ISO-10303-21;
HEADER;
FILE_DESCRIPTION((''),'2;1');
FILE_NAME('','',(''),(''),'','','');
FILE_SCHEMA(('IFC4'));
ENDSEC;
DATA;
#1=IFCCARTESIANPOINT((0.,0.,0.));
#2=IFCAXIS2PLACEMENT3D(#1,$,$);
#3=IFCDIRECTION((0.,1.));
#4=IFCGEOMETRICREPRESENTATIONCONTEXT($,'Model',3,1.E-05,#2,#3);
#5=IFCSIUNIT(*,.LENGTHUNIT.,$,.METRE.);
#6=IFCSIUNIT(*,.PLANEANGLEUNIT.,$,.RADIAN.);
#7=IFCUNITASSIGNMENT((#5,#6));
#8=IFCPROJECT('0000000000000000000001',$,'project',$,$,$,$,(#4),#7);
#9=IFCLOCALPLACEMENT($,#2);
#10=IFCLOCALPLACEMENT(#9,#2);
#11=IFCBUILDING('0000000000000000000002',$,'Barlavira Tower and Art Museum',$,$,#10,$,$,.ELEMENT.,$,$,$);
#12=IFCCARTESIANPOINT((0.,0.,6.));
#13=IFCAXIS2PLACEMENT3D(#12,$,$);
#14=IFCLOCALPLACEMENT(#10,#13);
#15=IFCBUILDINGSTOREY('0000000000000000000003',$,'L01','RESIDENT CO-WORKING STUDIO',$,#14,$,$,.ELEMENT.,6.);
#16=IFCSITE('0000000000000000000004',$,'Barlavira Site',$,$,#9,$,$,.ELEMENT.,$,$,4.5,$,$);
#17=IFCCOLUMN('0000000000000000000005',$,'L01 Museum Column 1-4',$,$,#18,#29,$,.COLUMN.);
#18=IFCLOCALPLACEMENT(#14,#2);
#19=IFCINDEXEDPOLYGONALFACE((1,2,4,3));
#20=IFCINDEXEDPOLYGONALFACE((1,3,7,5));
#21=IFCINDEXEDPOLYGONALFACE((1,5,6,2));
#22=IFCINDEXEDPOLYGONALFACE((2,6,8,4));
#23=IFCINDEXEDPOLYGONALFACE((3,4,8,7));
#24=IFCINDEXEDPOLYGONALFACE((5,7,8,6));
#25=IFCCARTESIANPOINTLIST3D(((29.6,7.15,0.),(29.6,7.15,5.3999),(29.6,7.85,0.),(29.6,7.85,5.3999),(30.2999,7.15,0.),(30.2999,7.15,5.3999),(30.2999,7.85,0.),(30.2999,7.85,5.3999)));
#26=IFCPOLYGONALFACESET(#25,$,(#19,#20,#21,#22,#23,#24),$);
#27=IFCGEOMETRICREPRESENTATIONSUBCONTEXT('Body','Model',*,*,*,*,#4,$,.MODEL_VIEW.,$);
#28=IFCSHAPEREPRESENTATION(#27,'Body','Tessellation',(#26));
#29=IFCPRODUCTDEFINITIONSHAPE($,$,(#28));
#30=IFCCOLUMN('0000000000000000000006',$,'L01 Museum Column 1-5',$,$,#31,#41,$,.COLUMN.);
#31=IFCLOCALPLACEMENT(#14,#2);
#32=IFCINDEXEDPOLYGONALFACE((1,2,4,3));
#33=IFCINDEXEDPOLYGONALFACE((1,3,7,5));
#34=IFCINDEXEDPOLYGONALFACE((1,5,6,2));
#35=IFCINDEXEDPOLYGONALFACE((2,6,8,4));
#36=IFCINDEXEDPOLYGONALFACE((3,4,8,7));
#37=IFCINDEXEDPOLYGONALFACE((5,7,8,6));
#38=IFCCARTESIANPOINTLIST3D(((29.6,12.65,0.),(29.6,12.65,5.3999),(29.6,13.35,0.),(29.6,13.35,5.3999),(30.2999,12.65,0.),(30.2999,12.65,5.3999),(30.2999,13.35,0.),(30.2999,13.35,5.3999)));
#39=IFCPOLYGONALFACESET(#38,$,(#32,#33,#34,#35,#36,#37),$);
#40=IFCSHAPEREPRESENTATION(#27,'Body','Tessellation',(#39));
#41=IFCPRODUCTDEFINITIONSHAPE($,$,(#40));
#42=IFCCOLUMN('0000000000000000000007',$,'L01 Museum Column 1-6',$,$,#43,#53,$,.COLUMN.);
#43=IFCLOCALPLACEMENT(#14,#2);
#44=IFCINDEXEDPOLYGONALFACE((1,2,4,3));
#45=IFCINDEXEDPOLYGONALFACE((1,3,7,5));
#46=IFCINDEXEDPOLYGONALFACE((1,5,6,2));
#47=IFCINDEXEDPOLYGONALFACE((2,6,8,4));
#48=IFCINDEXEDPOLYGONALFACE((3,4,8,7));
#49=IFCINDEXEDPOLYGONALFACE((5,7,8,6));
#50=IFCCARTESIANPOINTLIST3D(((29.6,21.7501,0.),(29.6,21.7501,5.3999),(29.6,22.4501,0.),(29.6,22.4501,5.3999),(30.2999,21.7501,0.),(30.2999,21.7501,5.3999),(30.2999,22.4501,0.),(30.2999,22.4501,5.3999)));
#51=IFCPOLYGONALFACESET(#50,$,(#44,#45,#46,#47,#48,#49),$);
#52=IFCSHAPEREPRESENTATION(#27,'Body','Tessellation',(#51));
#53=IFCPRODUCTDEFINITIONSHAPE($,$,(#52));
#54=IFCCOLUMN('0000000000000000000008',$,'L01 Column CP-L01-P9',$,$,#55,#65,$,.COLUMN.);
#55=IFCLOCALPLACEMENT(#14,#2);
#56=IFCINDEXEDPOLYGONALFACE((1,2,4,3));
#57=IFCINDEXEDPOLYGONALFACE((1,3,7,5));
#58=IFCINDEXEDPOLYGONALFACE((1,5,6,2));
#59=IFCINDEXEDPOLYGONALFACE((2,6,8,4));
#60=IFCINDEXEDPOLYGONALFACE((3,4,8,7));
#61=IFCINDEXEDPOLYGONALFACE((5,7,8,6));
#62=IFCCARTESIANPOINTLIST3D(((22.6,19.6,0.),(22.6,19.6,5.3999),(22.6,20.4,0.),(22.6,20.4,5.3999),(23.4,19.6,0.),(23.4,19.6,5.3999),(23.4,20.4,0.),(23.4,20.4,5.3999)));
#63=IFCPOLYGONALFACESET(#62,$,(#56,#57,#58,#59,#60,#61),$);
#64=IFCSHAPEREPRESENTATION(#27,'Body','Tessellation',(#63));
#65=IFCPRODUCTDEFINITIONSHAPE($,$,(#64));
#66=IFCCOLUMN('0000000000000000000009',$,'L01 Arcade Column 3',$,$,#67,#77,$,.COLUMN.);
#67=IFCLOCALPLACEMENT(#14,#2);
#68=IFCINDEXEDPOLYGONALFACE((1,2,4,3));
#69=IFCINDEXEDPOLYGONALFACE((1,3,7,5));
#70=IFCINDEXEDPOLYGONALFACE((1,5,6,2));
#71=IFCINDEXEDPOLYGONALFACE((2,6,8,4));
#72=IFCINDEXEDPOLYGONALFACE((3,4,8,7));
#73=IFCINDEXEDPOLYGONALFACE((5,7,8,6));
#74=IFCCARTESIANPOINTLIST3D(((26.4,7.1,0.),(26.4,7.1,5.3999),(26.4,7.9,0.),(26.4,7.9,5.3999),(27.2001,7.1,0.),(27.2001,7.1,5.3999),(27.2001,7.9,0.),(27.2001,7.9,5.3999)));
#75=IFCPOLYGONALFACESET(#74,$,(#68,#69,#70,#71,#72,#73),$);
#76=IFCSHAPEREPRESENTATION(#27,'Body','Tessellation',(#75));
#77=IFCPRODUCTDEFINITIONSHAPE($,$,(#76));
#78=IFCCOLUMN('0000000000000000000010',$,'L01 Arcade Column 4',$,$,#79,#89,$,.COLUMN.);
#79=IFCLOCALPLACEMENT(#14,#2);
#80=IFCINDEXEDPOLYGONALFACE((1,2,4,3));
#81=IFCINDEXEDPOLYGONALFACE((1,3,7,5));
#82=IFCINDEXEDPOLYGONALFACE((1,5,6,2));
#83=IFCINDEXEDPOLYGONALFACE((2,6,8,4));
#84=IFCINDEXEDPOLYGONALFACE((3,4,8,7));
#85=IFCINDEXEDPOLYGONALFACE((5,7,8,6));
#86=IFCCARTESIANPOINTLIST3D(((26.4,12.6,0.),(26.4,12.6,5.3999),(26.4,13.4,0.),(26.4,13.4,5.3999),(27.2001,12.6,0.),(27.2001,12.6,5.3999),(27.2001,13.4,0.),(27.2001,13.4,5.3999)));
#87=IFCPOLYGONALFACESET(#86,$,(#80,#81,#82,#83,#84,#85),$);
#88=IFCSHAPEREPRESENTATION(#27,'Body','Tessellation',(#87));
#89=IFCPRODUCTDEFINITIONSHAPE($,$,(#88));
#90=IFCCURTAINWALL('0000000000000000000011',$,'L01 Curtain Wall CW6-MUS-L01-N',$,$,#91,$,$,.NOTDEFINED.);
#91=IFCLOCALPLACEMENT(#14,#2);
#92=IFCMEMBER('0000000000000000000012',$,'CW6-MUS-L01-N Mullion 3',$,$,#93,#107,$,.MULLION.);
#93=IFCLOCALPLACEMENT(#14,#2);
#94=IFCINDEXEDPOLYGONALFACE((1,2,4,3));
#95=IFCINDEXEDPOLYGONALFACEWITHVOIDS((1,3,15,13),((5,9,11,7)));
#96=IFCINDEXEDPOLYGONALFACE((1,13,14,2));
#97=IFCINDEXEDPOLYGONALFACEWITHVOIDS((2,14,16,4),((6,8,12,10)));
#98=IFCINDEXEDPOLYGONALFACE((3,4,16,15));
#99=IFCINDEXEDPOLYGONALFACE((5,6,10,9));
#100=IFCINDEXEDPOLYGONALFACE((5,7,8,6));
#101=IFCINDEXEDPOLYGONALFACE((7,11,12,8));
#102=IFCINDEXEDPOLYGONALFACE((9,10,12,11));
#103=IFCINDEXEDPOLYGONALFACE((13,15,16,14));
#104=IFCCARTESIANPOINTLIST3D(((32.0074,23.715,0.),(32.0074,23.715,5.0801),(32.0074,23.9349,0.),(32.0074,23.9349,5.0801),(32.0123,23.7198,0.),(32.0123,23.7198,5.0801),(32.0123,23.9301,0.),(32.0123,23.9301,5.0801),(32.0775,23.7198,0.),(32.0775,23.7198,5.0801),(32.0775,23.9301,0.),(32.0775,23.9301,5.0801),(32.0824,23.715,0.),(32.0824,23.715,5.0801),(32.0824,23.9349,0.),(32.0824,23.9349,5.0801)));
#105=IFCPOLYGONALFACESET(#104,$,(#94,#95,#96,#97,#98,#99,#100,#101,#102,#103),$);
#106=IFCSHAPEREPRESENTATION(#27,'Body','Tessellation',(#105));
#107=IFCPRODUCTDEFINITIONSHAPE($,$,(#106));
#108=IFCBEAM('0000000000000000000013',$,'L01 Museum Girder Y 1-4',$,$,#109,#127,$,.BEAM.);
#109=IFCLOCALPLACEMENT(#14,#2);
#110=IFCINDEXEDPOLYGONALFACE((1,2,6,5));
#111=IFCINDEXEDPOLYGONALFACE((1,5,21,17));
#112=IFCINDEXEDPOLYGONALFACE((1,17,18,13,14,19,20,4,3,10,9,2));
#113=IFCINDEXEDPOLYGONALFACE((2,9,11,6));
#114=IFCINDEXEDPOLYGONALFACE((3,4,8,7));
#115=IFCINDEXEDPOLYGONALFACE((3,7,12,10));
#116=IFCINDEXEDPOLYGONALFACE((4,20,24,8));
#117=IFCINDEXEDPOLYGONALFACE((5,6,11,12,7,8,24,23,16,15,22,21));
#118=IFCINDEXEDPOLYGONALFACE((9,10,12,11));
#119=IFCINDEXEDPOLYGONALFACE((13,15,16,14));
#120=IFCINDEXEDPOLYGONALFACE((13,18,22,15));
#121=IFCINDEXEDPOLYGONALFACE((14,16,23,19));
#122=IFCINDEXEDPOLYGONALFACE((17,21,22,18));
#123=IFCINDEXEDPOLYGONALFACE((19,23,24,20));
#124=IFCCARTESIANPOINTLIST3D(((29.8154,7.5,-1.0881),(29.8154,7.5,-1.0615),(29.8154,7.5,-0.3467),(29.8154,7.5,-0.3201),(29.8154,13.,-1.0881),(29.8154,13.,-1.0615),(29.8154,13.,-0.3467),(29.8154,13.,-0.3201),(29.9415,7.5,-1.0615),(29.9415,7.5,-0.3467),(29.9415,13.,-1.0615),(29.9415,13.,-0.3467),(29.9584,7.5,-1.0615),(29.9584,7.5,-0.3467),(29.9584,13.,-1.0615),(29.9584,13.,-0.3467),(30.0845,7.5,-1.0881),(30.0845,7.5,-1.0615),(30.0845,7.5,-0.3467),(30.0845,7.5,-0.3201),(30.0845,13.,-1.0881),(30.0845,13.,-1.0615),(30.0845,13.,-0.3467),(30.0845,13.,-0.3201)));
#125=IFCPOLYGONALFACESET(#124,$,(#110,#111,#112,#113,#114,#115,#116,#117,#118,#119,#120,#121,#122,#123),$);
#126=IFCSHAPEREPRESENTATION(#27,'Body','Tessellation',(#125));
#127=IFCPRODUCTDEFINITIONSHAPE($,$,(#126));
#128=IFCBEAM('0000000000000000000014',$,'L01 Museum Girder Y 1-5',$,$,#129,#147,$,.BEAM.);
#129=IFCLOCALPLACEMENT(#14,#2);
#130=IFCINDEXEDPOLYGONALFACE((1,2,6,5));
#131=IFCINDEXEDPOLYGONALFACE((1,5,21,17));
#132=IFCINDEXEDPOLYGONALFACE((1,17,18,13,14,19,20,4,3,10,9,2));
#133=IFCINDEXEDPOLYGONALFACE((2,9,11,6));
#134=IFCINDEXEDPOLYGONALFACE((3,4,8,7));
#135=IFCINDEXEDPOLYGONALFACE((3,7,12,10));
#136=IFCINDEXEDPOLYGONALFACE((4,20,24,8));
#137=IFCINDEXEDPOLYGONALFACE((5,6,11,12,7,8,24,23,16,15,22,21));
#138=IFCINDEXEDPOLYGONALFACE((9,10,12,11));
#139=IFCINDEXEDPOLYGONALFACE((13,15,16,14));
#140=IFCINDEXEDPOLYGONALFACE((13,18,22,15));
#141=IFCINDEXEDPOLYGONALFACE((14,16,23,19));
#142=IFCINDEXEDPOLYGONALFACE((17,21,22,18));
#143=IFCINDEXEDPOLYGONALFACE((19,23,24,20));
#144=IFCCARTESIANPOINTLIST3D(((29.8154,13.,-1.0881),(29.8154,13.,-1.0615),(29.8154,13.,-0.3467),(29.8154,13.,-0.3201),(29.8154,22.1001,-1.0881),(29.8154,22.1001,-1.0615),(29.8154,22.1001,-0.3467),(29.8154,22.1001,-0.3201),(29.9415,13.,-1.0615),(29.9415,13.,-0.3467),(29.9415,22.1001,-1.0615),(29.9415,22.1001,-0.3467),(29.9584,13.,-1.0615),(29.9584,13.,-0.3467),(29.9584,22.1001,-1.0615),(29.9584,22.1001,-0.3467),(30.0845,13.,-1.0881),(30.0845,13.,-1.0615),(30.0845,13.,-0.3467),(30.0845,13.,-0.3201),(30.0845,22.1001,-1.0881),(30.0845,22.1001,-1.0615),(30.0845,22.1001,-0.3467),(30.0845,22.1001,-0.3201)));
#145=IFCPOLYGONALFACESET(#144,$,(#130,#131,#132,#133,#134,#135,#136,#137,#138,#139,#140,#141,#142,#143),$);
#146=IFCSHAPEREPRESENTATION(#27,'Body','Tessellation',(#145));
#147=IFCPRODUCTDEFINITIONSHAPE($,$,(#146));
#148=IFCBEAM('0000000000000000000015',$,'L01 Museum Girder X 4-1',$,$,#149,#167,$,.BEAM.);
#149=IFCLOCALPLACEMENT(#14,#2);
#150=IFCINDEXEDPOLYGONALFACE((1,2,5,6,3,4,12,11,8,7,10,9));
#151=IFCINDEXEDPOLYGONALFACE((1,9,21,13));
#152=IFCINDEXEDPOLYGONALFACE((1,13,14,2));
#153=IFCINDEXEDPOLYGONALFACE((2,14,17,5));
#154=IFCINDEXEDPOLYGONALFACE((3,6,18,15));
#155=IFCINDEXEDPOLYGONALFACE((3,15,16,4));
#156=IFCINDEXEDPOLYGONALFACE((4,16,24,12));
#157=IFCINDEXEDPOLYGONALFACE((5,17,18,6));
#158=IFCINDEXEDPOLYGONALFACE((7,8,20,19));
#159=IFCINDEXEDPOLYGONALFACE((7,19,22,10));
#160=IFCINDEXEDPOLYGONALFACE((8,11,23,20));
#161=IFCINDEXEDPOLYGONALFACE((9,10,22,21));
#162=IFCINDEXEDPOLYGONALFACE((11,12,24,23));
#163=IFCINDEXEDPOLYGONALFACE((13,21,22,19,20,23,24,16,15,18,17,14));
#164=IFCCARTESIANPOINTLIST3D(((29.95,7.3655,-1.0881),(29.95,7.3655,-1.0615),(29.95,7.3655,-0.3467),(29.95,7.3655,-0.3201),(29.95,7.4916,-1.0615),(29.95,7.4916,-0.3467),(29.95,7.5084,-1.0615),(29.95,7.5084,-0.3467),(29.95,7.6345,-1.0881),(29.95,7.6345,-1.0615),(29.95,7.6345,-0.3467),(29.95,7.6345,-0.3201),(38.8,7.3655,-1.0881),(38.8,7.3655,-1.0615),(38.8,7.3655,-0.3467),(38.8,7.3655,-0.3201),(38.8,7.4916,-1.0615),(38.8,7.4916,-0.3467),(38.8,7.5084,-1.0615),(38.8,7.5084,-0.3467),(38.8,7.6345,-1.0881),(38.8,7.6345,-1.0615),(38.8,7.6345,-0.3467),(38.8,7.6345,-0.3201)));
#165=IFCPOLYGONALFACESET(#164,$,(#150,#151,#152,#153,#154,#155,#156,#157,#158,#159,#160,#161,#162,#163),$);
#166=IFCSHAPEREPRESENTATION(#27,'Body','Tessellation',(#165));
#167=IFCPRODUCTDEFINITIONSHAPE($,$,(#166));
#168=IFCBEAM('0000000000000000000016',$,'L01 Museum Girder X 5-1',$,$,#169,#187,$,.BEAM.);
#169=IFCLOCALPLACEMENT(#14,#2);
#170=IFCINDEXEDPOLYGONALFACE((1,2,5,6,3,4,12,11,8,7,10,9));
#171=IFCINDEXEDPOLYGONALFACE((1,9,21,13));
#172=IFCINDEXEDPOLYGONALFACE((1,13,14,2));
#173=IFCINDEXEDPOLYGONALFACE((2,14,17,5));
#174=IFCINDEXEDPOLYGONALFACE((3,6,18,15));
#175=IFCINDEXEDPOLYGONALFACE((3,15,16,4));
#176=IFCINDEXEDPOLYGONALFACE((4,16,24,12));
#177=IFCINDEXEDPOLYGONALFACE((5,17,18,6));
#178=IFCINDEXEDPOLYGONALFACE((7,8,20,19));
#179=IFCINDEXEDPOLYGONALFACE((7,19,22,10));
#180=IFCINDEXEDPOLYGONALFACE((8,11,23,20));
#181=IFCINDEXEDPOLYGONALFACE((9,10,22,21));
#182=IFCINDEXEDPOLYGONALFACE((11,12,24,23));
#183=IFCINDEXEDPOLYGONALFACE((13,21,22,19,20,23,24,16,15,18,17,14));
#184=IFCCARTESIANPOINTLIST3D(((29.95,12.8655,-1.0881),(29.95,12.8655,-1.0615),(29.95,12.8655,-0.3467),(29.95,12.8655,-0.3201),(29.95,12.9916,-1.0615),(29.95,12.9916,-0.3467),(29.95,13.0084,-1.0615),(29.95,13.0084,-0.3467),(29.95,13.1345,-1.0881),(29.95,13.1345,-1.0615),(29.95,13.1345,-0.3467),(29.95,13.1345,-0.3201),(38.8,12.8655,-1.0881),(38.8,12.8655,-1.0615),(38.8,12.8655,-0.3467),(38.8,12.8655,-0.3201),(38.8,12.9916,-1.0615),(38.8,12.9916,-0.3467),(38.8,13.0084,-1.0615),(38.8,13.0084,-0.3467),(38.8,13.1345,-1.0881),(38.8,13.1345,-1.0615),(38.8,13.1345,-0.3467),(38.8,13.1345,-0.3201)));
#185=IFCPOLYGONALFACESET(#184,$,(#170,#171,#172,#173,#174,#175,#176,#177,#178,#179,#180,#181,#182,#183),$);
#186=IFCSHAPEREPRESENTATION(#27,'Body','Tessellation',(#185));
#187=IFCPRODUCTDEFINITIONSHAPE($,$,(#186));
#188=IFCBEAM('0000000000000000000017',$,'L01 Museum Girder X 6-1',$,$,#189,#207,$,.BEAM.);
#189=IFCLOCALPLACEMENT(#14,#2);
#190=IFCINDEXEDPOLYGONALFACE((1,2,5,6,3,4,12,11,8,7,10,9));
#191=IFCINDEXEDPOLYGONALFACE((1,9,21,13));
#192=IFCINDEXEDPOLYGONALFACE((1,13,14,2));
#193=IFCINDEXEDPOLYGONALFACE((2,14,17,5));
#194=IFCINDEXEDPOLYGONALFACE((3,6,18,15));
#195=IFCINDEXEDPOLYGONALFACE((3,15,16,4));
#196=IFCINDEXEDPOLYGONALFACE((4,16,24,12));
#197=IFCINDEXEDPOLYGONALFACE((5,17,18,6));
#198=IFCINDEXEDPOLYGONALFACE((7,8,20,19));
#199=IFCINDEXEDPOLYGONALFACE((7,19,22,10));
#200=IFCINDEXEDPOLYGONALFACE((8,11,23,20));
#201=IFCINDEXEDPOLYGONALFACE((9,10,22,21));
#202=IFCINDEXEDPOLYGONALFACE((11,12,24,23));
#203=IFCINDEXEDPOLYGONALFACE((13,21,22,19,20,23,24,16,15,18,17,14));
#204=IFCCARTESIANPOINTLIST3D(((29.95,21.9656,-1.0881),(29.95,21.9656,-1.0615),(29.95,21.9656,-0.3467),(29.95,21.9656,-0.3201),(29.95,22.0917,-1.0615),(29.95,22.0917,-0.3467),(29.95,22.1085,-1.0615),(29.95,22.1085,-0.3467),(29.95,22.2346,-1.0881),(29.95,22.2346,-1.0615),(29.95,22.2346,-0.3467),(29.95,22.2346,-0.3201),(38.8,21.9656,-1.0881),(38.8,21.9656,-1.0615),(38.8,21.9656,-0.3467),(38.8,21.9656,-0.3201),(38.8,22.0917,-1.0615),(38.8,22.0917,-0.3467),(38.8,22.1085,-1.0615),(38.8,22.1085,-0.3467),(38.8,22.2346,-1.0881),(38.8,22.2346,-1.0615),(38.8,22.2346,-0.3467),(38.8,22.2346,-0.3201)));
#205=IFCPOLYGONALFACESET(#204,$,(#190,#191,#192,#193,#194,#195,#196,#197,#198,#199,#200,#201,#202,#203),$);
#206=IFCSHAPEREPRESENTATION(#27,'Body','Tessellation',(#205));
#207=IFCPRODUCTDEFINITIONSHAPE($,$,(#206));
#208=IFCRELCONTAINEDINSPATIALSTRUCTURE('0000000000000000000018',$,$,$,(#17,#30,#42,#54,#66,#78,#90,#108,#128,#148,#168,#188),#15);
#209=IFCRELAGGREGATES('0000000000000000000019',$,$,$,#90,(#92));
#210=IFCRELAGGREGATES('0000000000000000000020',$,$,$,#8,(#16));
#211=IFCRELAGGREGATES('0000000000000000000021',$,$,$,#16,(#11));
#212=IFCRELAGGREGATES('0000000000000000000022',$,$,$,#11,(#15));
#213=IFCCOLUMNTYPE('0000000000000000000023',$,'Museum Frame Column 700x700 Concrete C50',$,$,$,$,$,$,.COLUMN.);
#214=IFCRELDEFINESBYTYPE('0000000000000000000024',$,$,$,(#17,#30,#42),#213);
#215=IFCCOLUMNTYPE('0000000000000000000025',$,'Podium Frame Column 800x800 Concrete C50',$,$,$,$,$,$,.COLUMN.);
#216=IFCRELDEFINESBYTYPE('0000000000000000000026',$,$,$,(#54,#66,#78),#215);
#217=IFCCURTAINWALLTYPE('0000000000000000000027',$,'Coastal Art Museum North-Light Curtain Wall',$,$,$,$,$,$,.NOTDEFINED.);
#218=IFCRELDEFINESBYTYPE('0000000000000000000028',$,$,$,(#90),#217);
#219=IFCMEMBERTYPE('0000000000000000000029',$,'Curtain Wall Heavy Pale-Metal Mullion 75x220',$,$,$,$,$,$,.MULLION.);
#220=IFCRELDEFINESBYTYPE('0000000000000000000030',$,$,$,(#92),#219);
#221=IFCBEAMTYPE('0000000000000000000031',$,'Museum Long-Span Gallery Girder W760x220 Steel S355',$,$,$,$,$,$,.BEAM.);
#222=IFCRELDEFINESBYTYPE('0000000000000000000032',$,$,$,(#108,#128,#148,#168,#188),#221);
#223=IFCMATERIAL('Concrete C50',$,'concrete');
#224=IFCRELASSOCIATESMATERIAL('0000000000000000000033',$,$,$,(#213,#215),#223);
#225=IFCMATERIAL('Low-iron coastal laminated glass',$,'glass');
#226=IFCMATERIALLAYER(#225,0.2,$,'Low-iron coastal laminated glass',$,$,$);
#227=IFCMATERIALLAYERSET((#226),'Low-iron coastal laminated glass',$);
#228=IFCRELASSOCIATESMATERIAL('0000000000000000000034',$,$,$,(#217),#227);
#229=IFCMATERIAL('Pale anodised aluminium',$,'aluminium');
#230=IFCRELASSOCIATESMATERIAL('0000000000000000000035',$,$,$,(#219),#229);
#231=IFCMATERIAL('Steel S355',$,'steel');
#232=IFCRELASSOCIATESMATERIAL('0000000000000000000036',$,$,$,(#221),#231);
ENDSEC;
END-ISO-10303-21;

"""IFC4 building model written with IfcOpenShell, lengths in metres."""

from ifc_helpers import new_model, si_unit, direction, frame, origin, origin_2d, place, context, subcontext, project, spatial, rectangle, hollow_rectangle, i_section, extrude, material, layer, layer_set, material_profile, profile_set, type_object, element, aggregate, save


model = new_model("IFC4")

# Units and contexts
model_context = context("Model", 3, precision=1e-05, world=origin(), true_north=direction((0.0, 1.0)))
body_context = subcontext(model_context, "Body", "Model", "MODEL_VIEW")
ifc_project = project(units=[si_unit("LENGTHUNIT", "METRE"), si_unit("PLANEANGLEUNIT", "RADIAN")], contexts=[model_context])

# Site, building, storey
site_placement = place(None, origin())
site = spatial("IfcSite", under=ifc_project, at=site_placement, Name="Barlavira Site", CompositionType="ELEMENT", RefElevation=4.5)
building_placement = place(site_placement, origin())
building = spatial("IfcBuilding", under=site, at=building_placement, Name="Barlavira Tower and Art Museum", CompositionType="ELEMENT")
storey_placement = place(building_placement, frame((0.0, 0.0, 6.0)))
storey = spatial("IfcBuildingStorey", under=building, at=storey_placement, Name="L01", Description="RESIDENT CO-WORKING STUDIO", CompositionType="ELEMENT", Elevation=6.0)

# Columns
ifc_material_1 = material(Name="Concrete C50", Category="concrete")
ifc_material_profile_1 = material_profile(ifc_material_1, rectangle(XDim=0.7, YDim=0.7, at=origin_2d()), Name="RC-COL 700x700")
ifc_profile_set_1 = profile_set([ifc_material_profile_1], Name="Concrete C50")
column_type_1 = type_object("IfcColumnType", Name="Museum Frame Column 700x700 Concrete C50", PredefinedType="COLUMN", material=ifc_profile_set_1)
for number, where, z_axis, x_axis, name in (
    (1, (29.95, 7.5, 0.0), (0.0, 0.0, 1.0), (1.0, 0.0, 0.0), "L01 Museum Column 1-4"),
    (2, (29.95, 13.0, 0.0), (0.0, 0.0, 1.0), (1.0, 0.0, 0.0), "L01 Museum Column 1-5"),
    (3, (29.95, 22.1001, 0.0), (0.0, 0.0, 1.0), (1.0, 0.0, 0.0), "L01 Museum Column 1-6"),
):
    element("IfcColumn", number, at=place(storey_placement, frame(where, z_axis=z_axis, x_axis=x_axis)), inside=storey, type_object=column_type_1, Name=name, PredefinedType="COLUMN", context=body_context, shape_type="SweptSolid", body=[
        extrude(rectangle(XDim=0.7, YDim=0.7, at=origin_2d()), origin(), (0.0, 0.0, 1.0), 5.3999),
    ])
ifc_material_profile_2 = material_profile(ifc_material_1, rectangle(XDim=0.8, YDim=0.8, at=origin_2d()), Name="RC-COL 800x800")
ifc_profile_set_2 = profile_set([ifc_material_profile_2], Name="Concrete C50")
column_type_2 = type_object("IfcColumnType", Name="Podium Frame Column 800x800 Concrete C50", PredefinedType="COLUMN", material=ifc_profile_set_2)
for number, where, z_axis, x_axis, name in (
    (4, (23.0, 20.0, 0.0), (0.0, 0.0, 1.0), (1.0, 0.0, 0.0), "L01 Column CP-L01-P9"),
    (5, (26.8, 7.5, 0.0), (0.0, 0.0, 1.0), (1.0, 0.0, 0.0), "L01 Arcade Column 3"),
    (6, (26.8, 13.0, 0.0), (0.0, 0.0, 1.0), (1.0, 0.0, 0.0), "L01 Arcade Column 4"),
):
    element("IfcColumn", number, at=place(storey_placement, frame(where, z_axis=z_axis, x_axis=x_axis)), inside=storey, type_object=column_type_2, Name=name, PredefinedType="COLUMN", context=body_context, shape_type="SweptSolid", body=[
        extrude(rectangle(XDim=0.8, YDim=0.8, at=origin_2d()), origin(), (0.0, 0.0, 1.0), 5.3999),
    ])

# Curtain wall, member
ifc_material_2 = material(Name="Low-iron coastal laminated glass", Category="glass")
ifc_layer_1 = layer(ifc_material_2, 0.2, Name="Low-iron coastal laminated glass")
ifc_layer_set_1 = layer_set([ifc_layer_1], Name="Low-iron coastal laminated glass")
curtain_wall_type = type_object("IfcCurtainWallType", Name="Coastal Art Museum North-Light Curtain Wall", PredefinedType="NOTDEFINED", material=ifc_layer_set_1)
curtain_wall_placement = place(storey_placement, origin())
curtain_wall = element("IfcCurtainWall", 7, at=curtain_wall_placement, inside=storey, type_object=curtain_wall_type, Name="L01 Curtain Wall CW6-MUS-L01-N", PredefinedType="NOTDEFINED")
ifc_material_3 = material(Name="Pale anodised aluminium", Category="aluminium")
ifc_material_profile_3 = material_profile(ifc_material_3, hollow_rectangle(XDim=0.075, YDim=0.22, WallThickness=0.0049, at=origin_2d()), Name="ALU-MULL 75x220x5")
ifc_profile_set_3 = profile_set([ifc_material_profile_3], Name="Pale anodised aluminium")
member_type = type_object("IfcMemberType", Name="Curtain Wall Heavy Pale-Metal Mullion 75x220", PredefinedType="MULLION", material=ifc_profile_set_3)
member_placement = place(storey_placement, frame((32.0449, 23.825, 0.0), z_axis=(0.0, 0.0, 1.0), x_axis=(-1.0, 0.0, 0.0)))
member = element("IfcMember", 8, at=member_placement, type_object=member_type, Name="CW6-MUS-L01-N Mullion 3", PredefinedType="MULLION", context=body_context, shape_type="SweptSolid", body=[
    extrude(hollow_rectangle(XDim=0.075, YDim=0.22, WallThickness=0.0049, at=origin_2d()), origin(), (0.0, 0.0, 1.0), 5.0801),
])
aggregate(curtain_wall, [member])

# Beams
ifc_material_4 = material(Name="Steel S355", Category="steel")
ifc_material_profile_4 = material_profile(ifc_material_4, i_section(OverallWidth=0.269, OverallDepth=0.7681, WebThickness=0.0168, FlangeThickness=0.0266, at=origin_2d()), Name="W760x220.0")
ifc_profile_set_4 = profile_set([ifc_material_profile_4], Name="Steel S355")
beam_type_1 = type_object("IfcBeamType", Name="Museum Long-Span Gallery Girder W760x220 Steel S355", PredefinedType="BEAM", material=ifc_profile_set_4)
beam_1_placement = place(storey_placement, frame((29.95, 7.5, -0.7041), z_axis=(0.0, 1.0, 0.0), x_axis=(-1.0, 0.0, 0.0)))
element("IfcBeam", 9, at=beam_1_placement, inside=storey, type_object=beam_type_1, Name="L01 Museum Girder Y 1-4", PredefinedType="BEAM", context=body_context, shape_type="SweptSolid", body=[
    extrude(i_section(OverallWidth=0.269, OverallDepth=0.7681, WebThickness=0.0168, FlangeThickness=0.0266, at=origin_2d()), origin(), (0.0, 0.0, 1.0), 5.5),
])
beam_2_placement = place(storey_placement, frame((29.95, 13.0, -0.7041), z_axis=(0.0, 1.0, 0.0), x_axis=(-1.0, 0.0, 0.0)))
element("IfcBeam", 10, at=beam_2_placement, inside=storey, type_object=beam_type_1, Name="L01 Museum Girder Y 1-5", PredefinedType="BEAM", context=body_context, shape_type="SweptSolid", body=[
    extrude(i_section(OverallWidth=0.269, OverallDepth=0.7681, WebThickness=0.0168, FlangeThickness=0.0266, at=origin_2d()), origin(), (0.0, 0.0, 1.0), 9.1001),
])
for number, where, z_axis, x_axis, name in (
    (11, (29.95, 7.5, -0.7041), (1.0, 0.0, 0.0), (0.0, 1.0, 0.0), "L01 Museum Girder X 4-1"),
    (12, (29.95, 13.0, -0.7041), (1.0, 0.0, 0.0), (0.0, 1.0, 0.0), "L01 Museum Girder X 5-1"),
    (13, (29.95, 22.1001, -0.7041), (1.0, 0.0, 0.0), (0.0, 1.0, 0.0), "L01 Museum Girder X 6-1"),
):
    element("IfcBeam", number, at=place(storey_placement, frame(where, z_axis=z_axis, x_axis=x_axis)), inside=storey, type_object=beam_type_1, Name=name, PredefinedType="BEAM", context=body_context, shape_type="SweptSolid", body=[
        extrude(i_section(OverallWidth=0.269, OverallDepth=0.7681, WebThickness=0.0168, FlangeThickness=0.0266, at=origin_2d()), origin(), (0.0, 0.0, 1.0), 8.8501),
    ])

save(model, "model.ifc")
